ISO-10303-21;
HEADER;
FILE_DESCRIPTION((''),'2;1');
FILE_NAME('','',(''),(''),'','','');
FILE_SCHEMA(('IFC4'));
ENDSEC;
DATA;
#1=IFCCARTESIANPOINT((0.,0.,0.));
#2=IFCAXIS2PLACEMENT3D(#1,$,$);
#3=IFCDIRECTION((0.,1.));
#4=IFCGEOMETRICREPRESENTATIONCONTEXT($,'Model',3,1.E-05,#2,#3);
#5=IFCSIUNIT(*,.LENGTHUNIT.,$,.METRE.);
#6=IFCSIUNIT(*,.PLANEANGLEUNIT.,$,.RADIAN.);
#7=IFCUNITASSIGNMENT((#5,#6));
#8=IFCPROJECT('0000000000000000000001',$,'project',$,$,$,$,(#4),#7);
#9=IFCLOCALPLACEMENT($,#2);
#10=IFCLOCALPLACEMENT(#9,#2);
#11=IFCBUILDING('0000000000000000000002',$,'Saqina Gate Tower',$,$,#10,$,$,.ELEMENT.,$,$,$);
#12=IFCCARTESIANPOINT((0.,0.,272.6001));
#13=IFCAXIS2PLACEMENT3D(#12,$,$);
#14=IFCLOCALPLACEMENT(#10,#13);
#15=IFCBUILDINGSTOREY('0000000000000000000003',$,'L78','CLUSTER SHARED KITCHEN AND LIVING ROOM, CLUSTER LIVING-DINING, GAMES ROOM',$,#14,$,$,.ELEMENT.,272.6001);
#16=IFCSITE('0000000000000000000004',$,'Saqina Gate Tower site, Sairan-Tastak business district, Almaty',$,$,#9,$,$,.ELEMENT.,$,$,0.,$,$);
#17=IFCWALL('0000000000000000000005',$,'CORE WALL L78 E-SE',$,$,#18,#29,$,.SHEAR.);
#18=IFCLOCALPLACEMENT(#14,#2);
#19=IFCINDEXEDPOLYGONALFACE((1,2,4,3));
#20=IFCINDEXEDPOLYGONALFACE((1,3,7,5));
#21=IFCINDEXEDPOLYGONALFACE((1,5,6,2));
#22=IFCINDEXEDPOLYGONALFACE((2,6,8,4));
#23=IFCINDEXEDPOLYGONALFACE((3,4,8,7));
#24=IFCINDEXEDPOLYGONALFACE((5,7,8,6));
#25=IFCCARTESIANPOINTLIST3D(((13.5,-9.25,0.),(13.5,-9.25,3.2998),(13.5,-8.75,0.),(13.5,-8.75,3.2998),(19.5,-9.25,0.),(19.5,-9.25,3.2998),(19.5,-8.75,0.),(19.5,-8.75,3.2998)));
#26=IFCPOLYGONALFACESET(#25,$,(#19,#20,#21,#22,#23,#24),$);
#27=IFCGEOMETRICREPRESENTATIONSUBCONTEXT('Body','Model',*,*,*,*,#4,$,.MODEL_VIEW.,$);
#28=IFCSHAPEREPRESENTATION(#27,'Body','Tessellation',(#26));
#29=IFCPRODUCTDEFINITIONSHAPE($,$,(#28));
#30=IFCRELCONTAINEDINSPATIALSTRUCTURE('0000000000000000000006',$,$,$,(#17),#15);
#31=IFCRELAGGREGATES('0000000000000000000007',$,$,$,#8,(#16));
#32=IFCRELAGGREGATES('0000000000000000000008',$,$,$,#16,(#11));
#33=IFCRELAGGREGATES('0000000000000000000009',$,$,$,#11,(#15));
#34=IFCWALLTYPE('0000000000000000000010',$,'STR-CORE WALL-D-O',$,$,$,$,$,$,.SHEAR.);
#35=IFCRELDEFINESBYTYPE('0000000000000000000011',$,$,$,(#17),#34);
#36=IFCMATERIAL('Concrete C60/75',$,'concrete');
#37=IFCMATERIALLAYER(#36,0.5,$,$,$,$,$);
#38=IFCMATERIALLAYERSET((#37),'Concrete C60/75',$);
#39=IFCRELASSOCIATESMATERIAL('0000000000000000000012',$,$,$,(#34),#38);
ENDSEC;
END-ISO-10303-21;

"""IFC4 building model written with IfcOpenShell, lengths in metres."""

from ifc_helpers import new_model, si_unit, direction, frame, frame_2d, origin, place, context, subcontext, project, spatial, rectangle, extrude, material, layer, layer_set, type_object, element, save


model = new_model("IFC4")

# Units and contexts
model_context = context("Model", 3, precision=1e-05, world=origin(), true_north=direction((0.0, 1.0)))
body_context = subcontext(model_context, "Body", "Model", "MODEL_VIEW")
ifc_project = project(units=[si_unit("LENGTHUNIT", "METRE"), si_unit("PLANEANGLEUNIT", "RADIAN")], contexts=[model_context])

# Site, building, storey
site_placement = place(None, origin())
site = spatial("IfcSite", under=ifc_project, at=site_placement, Name="Saqina Gate Tower site, Sairan-Tastak business district, Almaty", CompositionType="ELEMENT", RefElevation=0.0)
building_placement = place(site_placement, origin())
building = spatial("IfcBuilding", under=site, at=building_placement, Name="Saqina Gate Tower", CompositionType="ELEMENT")
storey_placement = place(building_placement, frame((0.0, 0.0, 272.6001)))
storey = spatial("IfcBuildingStorey", under=building, at=storey_placement, Name="L78", Description="CLUSTER SHARED KITCHEN AND LIVING ROOM, CLUSTER LIVING-DINING, GAMES ROOM", CompositionType="ELEMENT", Elevation=272.6001)

# Shared definitions
ifc_material_1 = material(Name="Concrete C60/75", Category="concrete")
ifc_layer_1 = layer(ifc_material_1, 0.5)
ifc_layer_set_1 = layer_set([ifc_layer_1], Name="Concrete C60/75")
wall_type_1 = type_object("IfcWallType", Name="STR-CORE WALL-D-O", PredefinedType="SHEAR", material=ifc_layer_set_1)

# Wall
wall_1_placement = place(storey_placement, frame((13.5, -9.0, 0.0), z_axis=(0.0, 0.0, 1.0), x_axis=(1.0, 0.0, 0.0)))
element("IfcWall", 1, at=wall_1_placement, inside=storey, type_object=wall_type_1, Name="CORE WALL L78 E-SE", PredefinedType="SHEAR", context=body_context, shape_type="SweptSolid", body=[
    extrude(rectangle(XDim=6.0, YDim=0.5, at=frame_2d((3.0, 0.0))), origin(), (0.0, 0.0, 1.0), 3.2998),
])

save(model, "model.ifc")
